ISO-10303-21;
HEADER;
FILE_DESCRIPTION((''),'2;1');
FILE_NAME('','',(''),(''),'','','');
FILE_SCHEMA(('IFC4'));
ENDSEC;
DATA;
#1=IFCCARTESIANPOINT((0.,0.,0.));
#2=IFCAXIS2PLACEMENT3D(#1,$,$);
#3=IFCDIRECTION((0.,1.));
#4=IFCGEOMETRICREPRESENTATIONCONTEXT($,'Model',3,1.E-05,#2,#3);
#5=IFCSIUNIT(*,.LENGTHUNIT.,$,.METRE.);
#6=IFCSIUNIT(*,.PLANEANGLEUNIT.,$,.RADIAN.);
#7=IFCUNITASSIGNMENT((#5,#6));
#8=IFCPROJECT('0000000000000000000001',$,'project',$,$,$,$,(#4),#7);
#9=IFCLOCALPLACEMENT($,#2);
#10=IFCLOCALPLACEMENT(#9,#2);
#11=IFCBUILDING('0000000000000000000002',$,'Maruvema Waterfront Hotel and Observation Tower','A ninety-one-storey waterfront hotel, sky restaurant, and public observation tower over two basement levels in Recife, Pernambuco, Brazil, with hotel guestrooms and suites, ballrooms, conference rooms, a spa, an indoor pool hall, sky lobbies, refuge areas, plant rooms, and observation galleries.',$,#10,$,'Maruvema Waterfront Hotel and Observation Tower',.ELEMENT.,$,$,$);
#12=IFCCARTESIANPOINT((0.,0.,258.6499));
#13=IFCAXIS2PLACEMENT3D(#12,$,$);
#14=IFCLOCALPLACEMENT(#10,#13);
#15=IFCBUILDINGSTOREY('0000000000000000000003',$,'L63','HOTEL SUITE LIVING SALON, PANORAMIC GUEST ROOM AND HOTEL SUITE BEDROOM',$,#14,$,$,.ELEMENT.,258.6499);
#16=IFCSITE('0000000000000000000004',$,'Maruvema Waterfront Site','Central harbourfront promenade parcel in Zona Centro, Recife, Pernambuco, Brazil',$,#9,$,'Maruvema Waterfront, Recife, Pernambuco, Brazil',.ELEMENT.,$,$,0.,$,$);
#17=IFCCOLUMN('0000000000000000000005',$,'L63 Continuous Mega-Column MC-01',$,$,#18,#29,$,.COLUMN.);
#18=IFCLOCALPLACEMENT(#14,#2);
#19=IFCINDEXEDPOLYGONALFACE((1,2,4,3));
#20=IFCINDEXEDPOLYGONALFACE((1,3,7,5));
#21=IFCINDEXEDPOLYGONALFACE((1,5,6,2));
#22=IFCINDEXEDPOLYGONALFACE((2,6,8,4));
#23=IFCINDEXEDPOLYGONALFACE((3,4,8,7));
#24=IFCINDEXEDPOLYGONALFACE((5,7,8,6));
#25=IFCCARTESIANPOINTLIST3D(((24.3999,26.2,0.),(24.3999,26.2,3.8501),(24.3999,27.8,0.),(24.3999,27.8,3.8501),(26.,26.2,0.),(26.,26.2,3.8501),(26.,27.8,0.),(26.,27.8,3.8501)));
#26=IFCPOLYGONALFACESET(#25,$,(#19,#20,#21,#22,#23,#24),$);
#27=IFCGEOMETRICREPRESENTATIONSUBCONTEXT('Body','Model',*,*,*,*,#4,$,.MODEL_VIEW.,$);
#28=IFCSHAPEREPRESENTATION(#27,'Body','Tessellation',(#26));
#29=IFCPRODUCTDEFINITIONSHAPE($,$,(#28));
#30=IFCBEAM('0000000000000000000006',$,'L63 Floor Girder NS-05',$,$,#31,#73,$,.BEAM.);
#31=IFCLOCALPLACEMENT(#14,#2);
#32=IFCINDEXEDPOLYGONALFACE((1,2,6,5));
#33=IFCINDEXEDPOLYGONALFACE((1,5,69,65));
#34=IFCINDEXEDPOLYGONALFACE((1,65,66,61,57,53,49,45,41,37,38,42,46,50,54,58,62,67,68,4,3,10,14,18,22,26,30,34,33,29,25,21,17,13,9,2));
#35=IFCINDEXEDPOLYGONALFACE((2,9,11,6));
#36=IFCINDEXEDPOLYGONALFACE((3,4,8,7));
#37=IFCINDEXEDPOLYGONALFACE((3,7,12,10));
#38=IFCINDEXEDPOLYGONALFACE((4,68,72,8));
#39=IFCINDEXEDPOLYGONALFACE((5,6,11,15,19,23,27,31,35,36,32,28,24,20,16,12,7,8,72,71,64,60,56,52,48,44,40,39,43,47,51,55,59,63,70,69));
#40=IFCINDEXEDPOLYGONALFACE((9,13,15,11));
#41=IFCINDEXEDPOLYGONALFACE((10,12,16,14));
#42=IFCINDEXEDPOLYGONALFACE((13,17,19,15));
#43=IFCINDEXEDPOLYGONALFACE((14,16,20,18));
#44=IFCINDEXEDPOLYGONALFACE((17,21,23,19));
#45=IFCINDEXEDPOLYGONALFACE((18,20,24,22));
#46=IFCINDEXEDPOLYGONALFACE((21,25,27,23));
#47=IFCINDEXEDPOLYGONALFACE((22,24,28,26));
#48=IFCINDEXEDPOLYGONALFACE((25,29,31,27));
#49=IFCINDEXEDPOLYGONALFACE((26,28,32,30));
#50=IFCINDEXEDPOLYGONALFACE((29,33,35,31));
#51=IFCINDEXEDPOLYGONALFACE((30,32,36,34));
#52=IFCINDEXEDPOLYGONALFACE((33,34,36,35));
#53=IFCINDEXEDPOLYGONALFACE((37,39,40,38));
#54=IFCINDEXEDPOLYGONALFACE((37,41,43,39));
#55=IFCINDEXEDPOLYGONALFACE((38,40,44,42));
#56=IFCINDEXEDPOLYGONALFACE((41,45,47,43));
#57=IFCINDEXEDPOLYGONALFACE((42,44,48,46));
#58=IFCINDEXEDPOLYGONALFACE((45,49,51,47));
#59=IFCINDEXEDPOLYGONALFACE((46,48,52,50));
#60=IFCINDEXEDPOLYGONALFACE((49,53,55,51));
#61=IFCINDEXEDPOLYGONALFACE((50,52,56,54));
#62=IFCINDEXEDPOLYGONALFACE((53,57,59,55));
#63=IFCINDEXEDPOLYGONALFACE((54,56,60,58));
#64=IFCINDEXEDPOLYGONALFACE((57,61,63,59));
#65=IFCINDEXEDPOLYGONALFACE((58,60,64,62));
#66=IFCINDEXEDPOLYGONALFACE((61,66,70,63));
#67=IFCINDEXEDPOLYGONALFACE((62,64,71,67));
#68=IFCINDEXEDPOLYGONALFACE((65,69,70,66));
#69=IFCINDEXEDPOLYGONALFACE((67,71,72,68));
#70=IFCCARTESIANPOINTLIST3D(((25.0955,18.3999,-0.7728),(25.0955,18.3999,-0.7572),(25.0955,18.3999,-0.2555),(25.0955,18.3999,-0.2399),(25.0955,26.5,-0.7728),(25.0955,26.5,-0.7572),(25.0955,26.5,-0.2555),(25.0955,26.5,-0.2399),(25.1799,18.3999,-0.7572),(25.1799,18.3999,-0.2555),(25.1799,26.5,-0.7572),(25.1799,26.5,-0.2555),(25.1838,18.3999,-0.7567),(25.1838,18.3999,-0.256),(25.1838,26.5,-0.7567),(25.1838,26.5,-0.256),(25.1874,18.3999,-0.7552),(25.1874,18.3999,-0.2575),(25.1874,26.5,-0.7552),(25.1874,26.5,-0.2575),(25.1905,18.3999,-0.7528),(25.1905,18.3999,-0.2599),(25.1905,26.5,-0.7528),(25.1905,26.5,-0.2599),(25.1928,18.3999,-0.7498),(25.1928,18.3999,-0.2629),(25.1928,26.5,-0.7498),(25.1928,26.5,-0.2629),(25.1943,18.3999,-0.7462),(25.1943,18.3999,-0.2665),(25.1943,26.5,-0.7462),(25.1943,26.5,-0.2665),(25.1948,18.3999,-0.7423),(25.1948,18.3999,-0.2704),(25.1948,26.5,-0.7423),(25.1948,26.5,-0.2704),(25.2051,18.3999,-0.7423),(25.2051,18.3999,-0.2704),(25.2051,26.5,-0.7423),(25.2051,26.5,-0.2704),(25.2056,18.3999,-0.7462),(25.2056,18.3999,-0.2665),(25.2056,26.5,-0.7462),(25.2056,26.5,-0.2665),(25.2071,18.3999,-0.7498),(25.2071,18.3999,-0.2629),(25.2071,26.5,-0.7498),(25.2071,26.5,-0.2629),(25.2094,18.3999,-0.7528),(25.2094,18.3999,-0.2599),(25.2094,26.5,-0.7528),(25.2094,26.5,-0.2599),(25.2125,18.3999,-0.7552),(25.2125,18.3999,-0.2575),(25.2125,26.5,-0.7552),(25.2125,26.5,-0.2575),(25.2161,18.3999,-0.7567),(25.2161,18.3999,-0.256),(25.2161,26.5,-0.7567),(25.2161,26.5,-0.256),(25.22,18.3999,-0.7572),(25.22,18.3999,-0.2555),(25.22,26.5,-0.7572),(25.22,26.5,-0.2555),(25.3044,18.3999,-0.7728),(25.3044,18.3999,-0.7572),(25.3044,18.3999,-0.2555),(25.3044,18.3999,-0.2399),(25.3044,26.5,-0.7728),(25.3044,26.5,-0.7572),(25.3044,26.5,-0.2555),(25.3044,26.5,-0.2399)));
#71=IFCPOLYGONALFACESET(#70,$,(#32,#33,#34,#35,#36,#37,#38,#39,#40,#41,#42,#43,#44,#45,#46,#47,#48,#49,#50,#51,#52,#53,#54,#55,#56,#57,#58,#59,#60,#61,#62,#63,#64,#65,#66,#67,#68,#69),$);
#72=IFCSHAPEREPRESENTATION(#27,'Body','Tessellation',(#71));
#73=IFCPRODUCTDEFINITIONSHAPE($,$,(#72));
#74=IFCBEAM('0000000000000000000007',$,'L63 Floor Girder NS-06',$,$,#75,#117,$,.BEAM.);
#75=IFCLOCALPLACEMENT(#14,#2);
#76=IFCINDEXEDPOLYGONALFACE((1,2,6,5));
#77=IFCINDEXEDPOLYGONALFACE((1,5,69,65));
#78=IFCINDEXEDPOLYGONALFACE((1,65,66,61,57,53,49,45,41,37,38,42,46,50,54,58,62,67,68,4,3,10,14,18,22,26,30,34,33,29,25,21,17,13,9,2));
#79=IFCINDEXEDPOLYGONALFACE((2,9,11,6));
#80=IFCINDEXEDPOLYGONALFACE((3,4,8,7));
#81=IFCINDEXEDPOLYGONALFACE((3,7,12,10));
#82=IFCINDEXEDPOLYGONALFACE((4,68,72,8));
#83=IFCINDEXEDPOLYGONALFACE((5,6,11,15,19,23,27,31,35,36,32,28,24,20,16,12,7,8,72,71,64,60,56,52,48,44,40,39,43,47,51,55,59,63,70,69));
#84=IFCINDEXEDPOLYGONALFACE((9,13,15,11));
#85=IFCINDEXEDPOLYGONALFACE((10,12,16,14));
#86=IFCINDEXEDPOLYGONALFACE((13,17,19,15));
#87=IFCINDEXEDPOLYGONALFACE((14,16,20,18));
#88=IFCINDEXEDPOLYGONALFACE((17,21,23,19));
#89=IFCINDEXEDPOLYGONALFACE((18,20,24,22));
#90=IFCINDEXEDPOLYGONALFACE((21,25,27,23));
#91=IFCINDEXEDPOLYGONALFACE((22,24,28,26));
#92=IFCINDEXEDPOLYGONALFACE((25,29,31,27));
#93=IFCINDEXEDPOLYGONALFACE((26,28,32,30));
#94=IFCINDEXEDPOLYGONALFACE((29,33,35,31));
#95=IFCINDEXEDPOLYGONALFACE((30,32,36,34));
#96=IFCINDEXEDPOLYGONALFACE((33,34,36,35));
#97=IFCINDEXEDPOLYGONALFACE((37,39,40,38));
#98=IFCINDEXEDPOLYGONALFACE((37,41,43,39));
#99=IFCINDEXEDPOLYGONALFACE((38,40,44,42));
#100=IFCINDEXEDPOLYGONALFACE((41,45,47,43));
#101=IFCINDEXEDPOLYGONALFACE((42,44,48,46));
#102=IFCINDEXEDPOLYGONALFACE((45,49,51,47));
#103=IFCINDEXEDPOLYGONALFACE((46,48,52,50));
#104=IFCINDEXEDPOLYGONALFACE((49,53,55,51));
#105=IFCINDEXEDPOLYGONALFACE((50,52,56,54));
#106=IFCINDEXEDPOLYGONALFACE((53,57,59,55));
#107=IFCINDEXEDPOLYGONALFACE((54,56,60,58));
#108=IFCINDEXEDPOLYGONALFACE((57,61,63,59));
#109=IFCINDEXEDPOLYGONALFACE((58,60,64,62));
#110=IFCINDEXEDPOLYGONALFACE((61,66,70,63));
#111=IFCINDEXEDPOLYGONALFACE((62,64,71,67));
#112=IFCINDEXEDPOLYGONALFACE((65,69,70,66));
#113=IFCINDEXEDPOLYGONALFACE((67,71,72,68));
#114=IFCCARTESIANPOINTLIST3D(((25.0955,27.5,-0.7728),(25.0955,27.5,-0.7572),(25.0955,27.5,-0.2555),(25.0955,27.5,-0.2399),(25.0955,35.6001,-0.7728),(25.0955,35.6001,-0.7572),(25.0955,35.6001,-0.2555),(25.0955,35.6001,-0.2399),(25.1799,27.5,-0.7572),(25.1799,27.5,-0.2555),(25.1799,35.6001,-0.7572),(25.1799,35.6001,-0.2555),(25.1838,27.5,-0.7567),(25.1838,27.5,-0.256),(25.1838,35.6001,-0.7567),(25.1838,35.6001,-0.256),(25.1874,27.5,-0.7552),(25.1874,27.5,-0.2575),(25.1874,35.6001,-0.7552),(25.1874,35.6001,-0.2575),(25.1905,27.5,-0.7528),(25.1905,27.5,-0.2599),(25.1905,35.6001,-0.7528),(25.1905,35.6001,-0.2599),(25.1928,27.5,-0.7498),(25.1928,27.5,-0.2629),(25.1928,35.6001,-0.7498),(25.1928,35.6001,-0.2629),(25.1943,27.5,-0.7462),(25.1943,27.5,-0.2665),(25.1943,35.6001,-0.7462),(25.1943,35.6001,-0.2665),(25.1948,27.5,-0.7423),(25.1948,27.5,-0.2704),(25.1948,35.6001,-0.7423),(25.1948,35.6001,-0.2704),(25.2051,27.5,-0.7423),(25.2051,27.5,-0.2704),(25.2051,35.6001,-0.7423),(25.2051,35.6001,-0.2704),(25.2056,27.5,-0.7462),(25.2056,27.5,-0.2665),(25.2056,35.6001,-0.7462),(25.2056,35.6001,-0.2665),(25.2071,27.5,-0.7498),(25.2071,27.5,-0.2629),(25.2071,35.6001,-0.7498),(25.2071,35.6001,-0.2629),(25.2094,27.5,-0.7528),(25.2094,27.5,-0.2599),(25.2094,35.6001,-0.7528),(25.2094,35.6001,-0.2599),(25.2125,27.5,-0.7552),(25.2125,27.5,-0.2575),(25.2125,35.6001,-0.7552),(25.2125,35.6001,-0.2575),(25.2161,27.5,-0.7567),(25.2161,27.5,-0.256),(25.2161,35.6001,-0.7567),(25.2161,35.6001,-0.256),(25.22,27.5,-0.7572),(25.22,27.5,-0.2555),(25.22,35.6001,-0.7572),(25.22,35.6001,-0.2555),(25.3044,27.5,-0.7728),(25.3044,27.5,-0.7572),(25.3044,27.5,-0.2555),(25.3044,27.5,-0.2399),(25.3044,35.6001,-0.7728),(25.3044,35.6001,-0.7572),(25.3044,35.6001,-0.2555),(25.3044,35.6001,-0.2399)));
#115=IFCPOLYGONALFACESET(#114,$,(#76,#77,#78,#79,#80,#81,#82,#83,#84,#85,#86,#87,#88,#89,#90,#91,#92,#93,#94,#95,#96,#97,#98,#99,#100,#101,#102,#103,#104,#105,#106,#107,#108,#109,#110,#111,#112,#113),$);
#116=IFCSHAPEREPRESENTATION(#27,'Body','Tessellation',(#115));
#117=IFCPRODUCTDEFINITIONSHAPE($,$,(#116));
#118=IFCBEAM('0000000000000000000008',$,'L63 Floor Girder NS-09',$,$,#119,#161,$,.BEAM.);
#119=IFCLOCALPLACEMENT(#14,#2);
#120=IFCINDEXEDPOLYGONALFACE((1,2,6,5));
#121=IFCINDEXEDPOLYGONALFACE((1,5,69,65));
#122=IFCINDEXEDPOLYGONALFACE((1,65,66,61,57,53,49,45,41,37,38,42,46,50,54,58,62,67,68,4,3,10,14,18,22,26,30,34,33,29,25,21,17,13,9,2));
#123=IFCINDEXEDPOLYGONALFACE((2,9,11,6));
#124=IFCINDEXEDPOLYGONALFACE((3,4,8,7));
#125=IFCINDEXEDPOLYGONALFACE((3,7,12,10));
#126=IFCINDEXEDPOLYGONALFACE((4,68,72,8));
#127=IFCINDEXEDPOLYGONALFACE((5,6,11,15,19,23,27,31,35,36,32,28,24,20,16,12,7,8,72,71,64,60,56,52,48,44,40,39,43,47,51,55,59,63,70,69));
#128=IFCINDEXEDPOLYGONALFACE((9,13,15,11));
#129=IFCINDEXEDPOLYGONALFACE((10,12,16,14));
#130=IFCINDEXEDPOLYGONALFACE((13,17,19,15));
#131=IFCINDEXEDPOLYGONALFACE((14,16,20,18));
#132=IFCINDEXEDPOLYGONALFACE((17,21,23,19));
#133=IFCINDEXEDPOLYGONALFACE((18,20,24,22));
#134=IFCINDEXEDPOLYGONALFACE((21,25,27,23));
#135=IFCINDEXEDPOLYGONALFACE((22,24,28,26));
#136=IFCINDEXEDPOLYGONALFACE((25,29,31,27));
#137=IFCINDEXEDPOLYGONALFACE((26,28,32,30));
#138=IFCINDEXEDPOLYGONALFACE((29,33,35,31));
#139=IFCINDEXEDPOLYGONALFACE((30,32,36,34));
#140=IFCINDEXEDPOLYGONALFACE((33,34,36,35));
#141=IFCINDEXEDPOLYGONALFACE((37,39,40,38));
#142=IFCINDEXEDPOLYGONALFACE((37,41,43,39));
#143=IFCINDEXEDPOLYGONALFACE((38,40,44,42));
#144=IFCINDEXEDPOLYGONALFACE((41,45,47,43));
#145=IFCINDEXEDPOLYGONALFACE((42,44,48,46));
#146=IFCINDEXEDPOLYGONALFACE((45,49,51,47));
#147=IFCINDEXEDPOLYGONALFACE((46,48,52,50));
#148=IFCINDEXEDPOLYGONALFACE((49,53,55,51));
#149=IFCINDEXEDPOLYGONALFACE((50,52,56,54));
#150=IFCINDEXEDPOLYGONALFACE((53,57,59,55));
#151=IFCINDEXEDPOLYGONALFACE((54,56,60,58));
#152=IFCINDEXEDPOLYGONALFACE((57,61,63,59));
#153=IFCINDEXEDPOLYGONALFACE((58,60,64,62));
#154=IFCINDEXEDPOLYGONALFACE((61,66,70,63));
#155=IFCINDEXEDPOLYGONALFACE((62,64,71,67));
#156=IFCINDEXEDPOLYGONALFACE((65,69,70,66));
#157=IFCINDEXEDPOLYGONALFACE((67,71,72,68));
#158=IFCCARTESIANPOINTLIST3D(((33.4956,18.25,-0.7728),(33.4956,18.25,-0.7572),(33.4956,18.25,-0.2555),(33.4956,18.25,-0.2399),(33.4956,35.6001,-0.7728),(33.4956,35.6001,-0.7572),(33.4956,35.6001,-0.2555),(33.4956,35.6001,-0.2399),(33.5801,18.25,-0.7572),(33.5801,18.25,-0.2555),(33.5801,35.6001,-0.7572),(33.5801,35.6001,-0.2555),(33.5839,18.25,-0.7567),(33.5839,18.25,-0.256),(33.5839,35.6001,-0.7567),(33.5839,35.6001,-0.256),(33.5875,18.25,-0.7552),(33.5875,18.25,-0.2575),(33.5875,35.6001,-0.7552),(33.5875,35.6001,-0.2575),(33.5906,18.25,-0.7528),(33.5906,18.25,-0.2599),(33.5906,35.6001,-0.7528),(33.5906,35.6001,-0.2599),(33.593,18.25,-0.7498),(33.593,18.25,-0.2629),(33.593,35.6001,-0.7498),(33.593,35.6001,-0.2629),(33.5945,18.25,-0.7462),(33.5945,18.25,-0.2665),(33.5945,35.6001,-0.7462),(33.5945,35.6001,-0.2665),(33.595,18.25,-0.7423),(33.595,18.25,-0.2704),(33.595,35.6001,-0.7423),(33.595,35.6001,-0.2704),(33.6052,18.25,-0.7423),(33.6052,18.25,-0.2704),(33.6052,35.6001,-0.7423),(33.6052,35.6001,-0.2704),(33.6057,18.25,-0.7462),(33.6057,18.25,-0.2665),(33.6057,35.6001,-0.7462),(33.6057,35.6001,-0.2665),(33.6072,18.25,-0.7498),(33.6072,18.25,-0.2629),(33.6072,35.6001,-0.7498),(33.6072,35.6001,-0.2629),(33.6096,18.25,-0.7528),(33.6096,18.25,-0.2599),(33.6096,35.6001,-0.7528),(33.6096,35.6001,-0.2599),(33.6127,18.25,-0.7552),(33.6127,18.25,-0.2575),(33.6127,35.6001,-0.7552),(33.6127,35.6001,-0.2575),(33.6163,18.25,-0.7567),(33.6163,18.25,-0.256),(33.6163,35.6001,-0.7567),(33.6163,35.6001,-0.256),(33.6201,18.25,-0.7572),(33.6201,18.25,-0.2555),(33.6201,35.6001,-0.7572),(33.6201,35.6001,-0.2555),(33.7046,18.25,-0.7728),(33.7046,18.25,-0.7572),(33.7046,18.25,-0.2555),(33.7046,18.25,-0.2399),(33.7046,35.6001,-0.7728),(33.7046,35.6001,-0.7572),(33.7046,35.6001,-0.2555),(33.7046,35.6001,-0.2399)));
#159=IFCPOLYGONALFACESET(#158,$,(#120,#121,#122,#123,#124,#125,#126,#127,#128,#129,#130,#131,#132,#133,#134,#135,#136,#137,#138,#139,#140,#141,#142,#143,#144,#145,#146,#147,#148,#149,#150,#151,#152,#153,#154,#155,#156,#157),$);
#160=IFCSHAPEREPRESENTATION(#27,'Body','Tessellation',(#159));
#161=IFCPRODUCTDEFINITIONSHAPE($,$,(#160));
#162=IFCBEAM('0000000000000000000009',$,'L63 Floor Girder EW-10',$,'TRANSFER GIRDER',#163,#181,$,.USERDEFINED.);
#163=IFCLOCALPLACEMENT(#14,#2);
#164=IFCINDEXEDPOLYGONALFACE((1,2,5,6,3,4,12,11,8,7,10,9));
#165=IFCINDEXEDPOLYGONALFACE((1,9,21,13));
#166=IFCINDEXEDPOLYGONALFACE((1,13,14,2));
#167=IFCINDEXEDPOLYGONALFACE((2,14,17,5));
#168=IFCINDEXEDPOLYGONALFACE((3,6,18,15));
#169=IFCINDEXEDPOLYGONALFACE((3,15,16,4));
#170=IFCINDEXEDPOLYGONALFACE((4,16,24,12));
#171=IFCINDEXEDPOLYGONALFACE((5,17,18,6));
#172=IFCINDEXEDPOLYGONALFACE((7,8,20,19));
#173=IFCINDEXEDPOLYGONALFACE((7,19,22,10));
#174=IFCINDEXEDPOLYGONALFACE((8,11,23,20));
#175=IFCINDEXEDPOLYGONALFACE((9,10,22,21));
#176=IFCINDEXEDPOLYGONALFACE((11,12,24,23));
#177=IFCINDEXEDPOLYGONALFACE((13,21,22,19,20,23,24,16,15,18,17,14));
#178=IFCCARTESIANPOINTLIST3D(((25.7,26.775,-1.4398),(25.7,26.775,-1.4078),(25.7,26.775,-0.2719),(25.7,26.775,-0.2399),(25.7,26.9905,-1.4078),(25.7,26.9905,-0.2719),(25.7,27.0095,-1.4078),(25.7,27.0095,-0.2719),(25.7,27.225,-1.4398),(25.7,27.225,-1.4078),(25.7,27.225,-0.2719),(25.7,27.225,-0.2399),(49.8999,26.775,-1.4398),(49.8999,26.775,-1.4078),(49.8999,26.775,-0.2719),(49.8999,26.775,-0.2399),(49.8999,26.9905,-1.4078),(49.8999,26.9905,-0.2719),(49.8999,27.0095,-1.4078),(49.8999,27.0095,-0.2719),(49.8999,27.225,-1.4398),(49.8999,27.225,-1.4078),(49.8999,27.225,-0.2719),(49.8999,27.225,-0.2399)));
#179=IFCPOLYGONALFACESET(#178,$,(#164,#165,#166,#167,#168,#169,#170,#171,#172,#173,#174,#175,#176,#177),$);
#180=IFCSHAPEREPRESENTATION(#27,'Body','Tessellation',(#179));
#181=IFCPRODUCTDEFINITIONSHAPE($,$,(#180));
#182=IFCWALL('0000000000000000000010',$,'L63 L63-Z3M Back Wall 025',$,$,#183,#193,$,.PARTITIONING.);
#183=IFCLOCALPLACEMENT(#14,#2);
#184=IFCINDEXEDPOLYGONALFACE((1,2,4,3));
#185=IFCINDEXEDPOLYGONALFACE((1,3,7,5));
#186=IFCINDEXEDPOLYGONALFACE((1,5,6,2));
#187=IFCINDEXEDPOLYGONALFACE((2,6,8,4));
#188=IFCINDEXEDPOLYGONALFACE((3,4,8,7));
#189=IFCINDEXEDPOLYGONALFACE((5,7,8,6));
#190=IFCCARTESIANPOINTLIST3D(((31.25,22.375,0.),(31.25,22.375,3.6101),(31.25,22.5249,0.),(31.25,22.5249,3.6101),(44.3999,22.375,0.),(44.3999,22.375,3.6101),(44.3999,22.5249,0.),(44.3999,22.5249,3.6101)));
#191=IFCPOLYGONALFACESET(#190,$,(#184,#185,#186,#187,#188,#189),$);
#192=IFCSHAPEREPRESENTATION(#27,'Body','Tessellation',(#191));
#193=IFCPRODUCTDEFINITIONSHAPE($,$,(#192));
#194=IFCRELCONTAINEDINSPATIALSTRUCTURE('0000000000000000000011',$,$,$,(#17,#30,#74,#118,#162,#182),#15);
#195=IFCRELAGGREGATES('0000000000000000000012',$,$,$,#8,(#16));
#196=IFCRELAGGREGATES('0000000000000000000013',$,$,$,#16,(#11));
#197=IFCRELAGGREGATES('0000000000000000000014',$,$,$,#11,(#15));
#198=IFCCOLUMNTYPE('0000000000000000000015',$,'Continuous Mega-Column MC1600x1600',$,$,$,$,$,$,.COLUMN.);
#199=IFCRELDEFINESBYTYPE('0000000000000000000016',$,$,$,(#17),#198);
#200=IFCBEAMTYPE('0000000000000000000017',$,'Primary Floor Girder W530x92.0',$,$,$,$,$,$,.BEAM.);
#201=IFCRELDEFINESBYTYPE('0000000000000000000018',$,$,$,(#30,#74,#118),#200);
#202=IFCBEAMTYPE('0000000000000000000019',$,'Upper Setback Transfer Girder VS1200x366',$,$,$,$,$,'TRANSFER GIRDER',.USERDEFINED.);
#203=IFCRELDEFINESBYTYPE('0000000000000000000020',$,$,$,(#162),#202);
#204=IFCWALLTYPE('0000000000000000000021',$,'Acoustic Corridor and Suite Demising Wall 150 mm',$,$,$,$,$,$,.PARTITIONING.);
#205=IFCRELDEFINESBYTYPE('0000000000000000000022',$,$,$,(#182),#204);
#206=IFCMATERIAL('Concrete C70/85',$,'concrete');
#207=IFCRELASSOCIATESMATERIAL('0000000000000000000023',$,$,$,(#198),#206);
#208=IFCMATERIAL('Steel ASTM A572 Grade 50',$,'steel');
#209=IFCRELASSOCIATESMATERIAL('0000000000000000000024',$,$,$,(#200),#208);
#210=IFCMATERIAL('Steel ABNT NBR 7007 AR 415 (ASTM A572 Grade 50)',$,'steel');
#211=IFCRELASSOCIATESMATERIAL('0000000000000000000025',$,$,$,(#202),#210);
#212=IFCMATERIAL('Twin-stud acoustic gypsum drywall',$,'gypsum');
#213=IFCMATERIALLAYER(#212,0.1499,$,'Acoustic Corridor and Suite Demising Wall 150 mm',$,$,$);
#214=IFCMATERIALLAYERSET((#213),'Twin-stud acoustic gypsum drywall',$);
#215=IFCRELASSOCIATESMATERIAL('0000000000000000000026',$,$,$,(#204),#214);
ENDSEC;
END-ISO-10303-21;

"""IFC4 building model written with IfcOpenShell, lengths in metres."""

from ifc_helpers import new_model, si_unit, direction, frame, frame_2d, origin, origin_2d, place, context, subcontext, project, spatial, rectangle, i_section, extrude, material, layer, layer_set, material_profile, profile_set, type_object, element, save


model = new_model("IFC4")

# Units and contexts
model_context = context("Model", 3, precision=1e-05, world=origin(), true_north=direction((0.0, 1.0)))
body_context = subcontext(model_context, "Body", "Model", "MODEL_VIEW")
ifc_project = project(units=[si_unit("LENGTHUNIT", "METRE"), si_unit("PLANEANGLEUNIT", "RADIAN")], contexts=[model_context])

# Site, building, storey
site_placement = place(None, origin())
site = spatial("IfcSite", under=ifc_project, at=site_placement, Name="Maruvema Waterfront Site", Description="Central harbourfront promenade parcel in Zona Centro, Recife, Pernambuco, Brazil", LongName="Maruvema Waterfront, Recife, Pernambuco, Brazil", CompositionType="ELEMENT", RefElevation=0.0)
building_placement = place(site_placement, origin())
building = spatial("IfcBuilding", under=site, at=building_placement, Name="Maruvema Waterfront Hotel and Observation Tower", Description="A ninety-one-storey waterfront hotel, sky restaurant, and public observation tower over two basement levels in Recife, Pernambuco, Brazil, with hotel guestrooms and suites, ballrooms, conference rooms, a spa, an indoor pool hall, sky lobbies, refuge areas, plant rooms, and observation galleries.", LongName="Maruvema Waterfront Hotel and Observation Tower", CompositionType="ELEMENT")
storey_placement = place(building_placement, frame((0.0, 0.0, 258.6499)))
storey = spatial("IfcBuildingStorey", under=building, at=storey_placement, Name="L63", Description="HOTEL SUITE LIVING SALON, PANORAMIC GUEST ROOM AND HOTEL SUITE BEDROOM", CompositionType="ELEMENT", Elevation=258.6499)

# Column
ifc_material_1 = material(Name="Concrete C70/85", Category="concrete")
ifc_material_profile_1 = material_profile(ifc_material_1, rectangle(XDim=1.6001, YDim=1.6001, at=origin_2d()), Name="MC1600x1600")
ifc_profile_set_1 = profile_set([ifc_material_profile_1], Name="Concrete C70/85")
column_type = type_object("IfcColumnType", Name="Continuous Mega-Column MC1600x1600", PredefinedType="COLUMN", material=ifc_profile_set_1)
column_placement = place(storey_placement, frame((25.2, 27.0, 0.0), z_axis=(0.0, 0.0, 1.0), x_axis=(1.0, 0.0, 0.0)))
element("IfcColumn", 1, at=column_placement, inside=storey, type_object=column_type, Name="L63 Continuous Mega-Column MC-01", PredefinedType="COLUMN", context=body_context, shape_type="SweptSolid", body=[
    extrude(rectangle(XDim=1.6001, YDim=1.6001, at=origin_2d()), origin(), (0.0, 0.0, 1.0), 3.8501),
])

# Beams
ifc_material_2 = material(Name="Steel ASTM A572 Grade 50", Category="steel")
ifc_material_profile_2 = material_profile(ifc_material_2, i_section(OverallWidth=0.209, OverallDepth=0.533, WebThickness=0.0103, FlangeThickness=0.0156, FilletRadius=0.0149, at=origin_2d()), Name="W530x92.0")
ifc_profile_set_2 = profile_set([ifc_material_profile_2], Name="Steel ASTM A572 Grade 50")
beam_type_1 = type_object("IfcBeamType", Name="Primary Floor Girder W530x92.0", PredefinedType="BEAM", material=ifc_profile_set_2)
for number, where, z_axis, x_axis, name in (
    (2, (25.2, 18.3999, -0.5063), (0.0, 1.0, 0.0), (-1.0, 0.0, 0.0), "L63 Floor Girder NS-05"),
    (3, (25.2, 27.5, -0.5063), (0.0, 1.0, 0.0), (-1.0, 0.0, 0.0), "L63 Floor Girder NS-06"),
):
    element("IfcBeam", number, at=place(storey_placement, frame(where, z_axis=z_axis, x_axis=x_axis)), inside=storey, type_object=beam_type_1, Name=name, PredefinedType="BEAM", context=body_context, shape_type="SweptSolid", body=[
        extrude(i_section(OverallWidth=0.209, OverallDepth=0.533, WebThickness=0.0103, FlangeThickness=0.0156, FilletRadius=0.0149, at=origin_2d()), origin(), (0.0, 0.0, 1.0), 8.1001),
    ])
beam_1_placement = place(storey_placement, frame((33.6001, 18.25, -0.5063), z_axis=(0.0, 1.0, 0.0), x_axis=(-1.0, 0.0, 0.0)))
element("IfcBeam", 4, at=beam_1_placement, inside=storey, type_object=beam_type_1, Name="L63 Floor Girder NS-09", PredefinedType="BEAM", context=body_context, shape_type="SweptSolid", body=[
    extrude(i_section(OverallWidth=0.209, OverallDepth=0.533, WebThickness=0.0103, FlangeThickness=0.0156, FilletRadius=0.0149, at=origin_2d()), origin(), (0.0, 0.0, 1.0), 17.3501),
])
ifc_material_3 = material(Name="Steel ABNT NBR 7007 AR 415 (ASTM A572 Grade 50)", Category="steel")
ifc_material_profile_3 = material_profile(ifc_material_3, i_section(OverallWidth=0.45, OverallDepth=1.2, WebThickness=0.019, FlangeThickness=0.032, at=origin_2d()), Name="VS1200x366")
ifc_profile_set_3 = profile_set([ifc_material_profile_3], Name="Steel ABNT NBR 7007 AR 415 (ASTM A572 Grade 50)")
beam_type_2 = type_object("IfcBeamType", Name="Upper Setback Transfer Girder VS1200x366", ElementType="TRANSFER GIRDER", PredefinedType="USERDEFINED", material=ifc_profile_set_3)
beam_2_placement = place(storey_placement, frame((25.7, 27.0, -0.8398), z_axis=(1.0, 0.0, 0.0), x_axis=(0.0, 1.0, 0.0)))
element("IfcBeam", 5, at=beam_2_placement, inside=storey, type_object=beam_type_2, Name="L63 Floor Girder EW-10", ObjectType="TRANSFER GIRDER", PredefinedType="USERDEFINED", context=body_context, shape_type="SweptSolid", body=[
    extrude(i_section(OverallWidth=0.45, OverallDepth=1.2, WebThickness=0.019, FlangeThickness=0.032, at=origin_2d()), origin(), (0.0, 0.0, 1.0), 24.2),
])

# Wall
ifc_material_4 = material(Name="Twin-stud acoustic gypsum drywall", Category="gypsum")
ifc_layer_1 = layer(ifc_material_4, 0.1499, Name="Acoustic Corridor and Suite Demising Wall 150 mm")
ifc_layer_set_1 = layer_set([ifc_layer_1], Name="Twin-stud acoustic gypsum drywall")
wall_type_1 = type_object("IfcWallType", Name="Acoustic Corridor and Suite Demising Wall 150 mm", PredefinedType="PARTITIONING", material=ifc_layer_set_1)
wall_1_placement = place(storey_placement, frame((31.25, 22.45, 0.0), z_axis=(0.0, 0.0, 1.0), x_axis=(1.0, 0.0, 0.0)))
element("IfcWall", 6, at=wall_1_placement, inside=storey, type_object=wall_type_1, Name="L63 L63-Z3M Back Wall 025", PredefinedType="PARTITIONING", context=body_context, shape_type="SweptSolid", body=[
    extrude(rectangle(XDim=13.1499, YDim=0.1499, at=frame_2d((6.575, 0.0))), origin(), (0.0, 0.0, 1.0), 3.6101),
])

save(model, "model.ifc")
